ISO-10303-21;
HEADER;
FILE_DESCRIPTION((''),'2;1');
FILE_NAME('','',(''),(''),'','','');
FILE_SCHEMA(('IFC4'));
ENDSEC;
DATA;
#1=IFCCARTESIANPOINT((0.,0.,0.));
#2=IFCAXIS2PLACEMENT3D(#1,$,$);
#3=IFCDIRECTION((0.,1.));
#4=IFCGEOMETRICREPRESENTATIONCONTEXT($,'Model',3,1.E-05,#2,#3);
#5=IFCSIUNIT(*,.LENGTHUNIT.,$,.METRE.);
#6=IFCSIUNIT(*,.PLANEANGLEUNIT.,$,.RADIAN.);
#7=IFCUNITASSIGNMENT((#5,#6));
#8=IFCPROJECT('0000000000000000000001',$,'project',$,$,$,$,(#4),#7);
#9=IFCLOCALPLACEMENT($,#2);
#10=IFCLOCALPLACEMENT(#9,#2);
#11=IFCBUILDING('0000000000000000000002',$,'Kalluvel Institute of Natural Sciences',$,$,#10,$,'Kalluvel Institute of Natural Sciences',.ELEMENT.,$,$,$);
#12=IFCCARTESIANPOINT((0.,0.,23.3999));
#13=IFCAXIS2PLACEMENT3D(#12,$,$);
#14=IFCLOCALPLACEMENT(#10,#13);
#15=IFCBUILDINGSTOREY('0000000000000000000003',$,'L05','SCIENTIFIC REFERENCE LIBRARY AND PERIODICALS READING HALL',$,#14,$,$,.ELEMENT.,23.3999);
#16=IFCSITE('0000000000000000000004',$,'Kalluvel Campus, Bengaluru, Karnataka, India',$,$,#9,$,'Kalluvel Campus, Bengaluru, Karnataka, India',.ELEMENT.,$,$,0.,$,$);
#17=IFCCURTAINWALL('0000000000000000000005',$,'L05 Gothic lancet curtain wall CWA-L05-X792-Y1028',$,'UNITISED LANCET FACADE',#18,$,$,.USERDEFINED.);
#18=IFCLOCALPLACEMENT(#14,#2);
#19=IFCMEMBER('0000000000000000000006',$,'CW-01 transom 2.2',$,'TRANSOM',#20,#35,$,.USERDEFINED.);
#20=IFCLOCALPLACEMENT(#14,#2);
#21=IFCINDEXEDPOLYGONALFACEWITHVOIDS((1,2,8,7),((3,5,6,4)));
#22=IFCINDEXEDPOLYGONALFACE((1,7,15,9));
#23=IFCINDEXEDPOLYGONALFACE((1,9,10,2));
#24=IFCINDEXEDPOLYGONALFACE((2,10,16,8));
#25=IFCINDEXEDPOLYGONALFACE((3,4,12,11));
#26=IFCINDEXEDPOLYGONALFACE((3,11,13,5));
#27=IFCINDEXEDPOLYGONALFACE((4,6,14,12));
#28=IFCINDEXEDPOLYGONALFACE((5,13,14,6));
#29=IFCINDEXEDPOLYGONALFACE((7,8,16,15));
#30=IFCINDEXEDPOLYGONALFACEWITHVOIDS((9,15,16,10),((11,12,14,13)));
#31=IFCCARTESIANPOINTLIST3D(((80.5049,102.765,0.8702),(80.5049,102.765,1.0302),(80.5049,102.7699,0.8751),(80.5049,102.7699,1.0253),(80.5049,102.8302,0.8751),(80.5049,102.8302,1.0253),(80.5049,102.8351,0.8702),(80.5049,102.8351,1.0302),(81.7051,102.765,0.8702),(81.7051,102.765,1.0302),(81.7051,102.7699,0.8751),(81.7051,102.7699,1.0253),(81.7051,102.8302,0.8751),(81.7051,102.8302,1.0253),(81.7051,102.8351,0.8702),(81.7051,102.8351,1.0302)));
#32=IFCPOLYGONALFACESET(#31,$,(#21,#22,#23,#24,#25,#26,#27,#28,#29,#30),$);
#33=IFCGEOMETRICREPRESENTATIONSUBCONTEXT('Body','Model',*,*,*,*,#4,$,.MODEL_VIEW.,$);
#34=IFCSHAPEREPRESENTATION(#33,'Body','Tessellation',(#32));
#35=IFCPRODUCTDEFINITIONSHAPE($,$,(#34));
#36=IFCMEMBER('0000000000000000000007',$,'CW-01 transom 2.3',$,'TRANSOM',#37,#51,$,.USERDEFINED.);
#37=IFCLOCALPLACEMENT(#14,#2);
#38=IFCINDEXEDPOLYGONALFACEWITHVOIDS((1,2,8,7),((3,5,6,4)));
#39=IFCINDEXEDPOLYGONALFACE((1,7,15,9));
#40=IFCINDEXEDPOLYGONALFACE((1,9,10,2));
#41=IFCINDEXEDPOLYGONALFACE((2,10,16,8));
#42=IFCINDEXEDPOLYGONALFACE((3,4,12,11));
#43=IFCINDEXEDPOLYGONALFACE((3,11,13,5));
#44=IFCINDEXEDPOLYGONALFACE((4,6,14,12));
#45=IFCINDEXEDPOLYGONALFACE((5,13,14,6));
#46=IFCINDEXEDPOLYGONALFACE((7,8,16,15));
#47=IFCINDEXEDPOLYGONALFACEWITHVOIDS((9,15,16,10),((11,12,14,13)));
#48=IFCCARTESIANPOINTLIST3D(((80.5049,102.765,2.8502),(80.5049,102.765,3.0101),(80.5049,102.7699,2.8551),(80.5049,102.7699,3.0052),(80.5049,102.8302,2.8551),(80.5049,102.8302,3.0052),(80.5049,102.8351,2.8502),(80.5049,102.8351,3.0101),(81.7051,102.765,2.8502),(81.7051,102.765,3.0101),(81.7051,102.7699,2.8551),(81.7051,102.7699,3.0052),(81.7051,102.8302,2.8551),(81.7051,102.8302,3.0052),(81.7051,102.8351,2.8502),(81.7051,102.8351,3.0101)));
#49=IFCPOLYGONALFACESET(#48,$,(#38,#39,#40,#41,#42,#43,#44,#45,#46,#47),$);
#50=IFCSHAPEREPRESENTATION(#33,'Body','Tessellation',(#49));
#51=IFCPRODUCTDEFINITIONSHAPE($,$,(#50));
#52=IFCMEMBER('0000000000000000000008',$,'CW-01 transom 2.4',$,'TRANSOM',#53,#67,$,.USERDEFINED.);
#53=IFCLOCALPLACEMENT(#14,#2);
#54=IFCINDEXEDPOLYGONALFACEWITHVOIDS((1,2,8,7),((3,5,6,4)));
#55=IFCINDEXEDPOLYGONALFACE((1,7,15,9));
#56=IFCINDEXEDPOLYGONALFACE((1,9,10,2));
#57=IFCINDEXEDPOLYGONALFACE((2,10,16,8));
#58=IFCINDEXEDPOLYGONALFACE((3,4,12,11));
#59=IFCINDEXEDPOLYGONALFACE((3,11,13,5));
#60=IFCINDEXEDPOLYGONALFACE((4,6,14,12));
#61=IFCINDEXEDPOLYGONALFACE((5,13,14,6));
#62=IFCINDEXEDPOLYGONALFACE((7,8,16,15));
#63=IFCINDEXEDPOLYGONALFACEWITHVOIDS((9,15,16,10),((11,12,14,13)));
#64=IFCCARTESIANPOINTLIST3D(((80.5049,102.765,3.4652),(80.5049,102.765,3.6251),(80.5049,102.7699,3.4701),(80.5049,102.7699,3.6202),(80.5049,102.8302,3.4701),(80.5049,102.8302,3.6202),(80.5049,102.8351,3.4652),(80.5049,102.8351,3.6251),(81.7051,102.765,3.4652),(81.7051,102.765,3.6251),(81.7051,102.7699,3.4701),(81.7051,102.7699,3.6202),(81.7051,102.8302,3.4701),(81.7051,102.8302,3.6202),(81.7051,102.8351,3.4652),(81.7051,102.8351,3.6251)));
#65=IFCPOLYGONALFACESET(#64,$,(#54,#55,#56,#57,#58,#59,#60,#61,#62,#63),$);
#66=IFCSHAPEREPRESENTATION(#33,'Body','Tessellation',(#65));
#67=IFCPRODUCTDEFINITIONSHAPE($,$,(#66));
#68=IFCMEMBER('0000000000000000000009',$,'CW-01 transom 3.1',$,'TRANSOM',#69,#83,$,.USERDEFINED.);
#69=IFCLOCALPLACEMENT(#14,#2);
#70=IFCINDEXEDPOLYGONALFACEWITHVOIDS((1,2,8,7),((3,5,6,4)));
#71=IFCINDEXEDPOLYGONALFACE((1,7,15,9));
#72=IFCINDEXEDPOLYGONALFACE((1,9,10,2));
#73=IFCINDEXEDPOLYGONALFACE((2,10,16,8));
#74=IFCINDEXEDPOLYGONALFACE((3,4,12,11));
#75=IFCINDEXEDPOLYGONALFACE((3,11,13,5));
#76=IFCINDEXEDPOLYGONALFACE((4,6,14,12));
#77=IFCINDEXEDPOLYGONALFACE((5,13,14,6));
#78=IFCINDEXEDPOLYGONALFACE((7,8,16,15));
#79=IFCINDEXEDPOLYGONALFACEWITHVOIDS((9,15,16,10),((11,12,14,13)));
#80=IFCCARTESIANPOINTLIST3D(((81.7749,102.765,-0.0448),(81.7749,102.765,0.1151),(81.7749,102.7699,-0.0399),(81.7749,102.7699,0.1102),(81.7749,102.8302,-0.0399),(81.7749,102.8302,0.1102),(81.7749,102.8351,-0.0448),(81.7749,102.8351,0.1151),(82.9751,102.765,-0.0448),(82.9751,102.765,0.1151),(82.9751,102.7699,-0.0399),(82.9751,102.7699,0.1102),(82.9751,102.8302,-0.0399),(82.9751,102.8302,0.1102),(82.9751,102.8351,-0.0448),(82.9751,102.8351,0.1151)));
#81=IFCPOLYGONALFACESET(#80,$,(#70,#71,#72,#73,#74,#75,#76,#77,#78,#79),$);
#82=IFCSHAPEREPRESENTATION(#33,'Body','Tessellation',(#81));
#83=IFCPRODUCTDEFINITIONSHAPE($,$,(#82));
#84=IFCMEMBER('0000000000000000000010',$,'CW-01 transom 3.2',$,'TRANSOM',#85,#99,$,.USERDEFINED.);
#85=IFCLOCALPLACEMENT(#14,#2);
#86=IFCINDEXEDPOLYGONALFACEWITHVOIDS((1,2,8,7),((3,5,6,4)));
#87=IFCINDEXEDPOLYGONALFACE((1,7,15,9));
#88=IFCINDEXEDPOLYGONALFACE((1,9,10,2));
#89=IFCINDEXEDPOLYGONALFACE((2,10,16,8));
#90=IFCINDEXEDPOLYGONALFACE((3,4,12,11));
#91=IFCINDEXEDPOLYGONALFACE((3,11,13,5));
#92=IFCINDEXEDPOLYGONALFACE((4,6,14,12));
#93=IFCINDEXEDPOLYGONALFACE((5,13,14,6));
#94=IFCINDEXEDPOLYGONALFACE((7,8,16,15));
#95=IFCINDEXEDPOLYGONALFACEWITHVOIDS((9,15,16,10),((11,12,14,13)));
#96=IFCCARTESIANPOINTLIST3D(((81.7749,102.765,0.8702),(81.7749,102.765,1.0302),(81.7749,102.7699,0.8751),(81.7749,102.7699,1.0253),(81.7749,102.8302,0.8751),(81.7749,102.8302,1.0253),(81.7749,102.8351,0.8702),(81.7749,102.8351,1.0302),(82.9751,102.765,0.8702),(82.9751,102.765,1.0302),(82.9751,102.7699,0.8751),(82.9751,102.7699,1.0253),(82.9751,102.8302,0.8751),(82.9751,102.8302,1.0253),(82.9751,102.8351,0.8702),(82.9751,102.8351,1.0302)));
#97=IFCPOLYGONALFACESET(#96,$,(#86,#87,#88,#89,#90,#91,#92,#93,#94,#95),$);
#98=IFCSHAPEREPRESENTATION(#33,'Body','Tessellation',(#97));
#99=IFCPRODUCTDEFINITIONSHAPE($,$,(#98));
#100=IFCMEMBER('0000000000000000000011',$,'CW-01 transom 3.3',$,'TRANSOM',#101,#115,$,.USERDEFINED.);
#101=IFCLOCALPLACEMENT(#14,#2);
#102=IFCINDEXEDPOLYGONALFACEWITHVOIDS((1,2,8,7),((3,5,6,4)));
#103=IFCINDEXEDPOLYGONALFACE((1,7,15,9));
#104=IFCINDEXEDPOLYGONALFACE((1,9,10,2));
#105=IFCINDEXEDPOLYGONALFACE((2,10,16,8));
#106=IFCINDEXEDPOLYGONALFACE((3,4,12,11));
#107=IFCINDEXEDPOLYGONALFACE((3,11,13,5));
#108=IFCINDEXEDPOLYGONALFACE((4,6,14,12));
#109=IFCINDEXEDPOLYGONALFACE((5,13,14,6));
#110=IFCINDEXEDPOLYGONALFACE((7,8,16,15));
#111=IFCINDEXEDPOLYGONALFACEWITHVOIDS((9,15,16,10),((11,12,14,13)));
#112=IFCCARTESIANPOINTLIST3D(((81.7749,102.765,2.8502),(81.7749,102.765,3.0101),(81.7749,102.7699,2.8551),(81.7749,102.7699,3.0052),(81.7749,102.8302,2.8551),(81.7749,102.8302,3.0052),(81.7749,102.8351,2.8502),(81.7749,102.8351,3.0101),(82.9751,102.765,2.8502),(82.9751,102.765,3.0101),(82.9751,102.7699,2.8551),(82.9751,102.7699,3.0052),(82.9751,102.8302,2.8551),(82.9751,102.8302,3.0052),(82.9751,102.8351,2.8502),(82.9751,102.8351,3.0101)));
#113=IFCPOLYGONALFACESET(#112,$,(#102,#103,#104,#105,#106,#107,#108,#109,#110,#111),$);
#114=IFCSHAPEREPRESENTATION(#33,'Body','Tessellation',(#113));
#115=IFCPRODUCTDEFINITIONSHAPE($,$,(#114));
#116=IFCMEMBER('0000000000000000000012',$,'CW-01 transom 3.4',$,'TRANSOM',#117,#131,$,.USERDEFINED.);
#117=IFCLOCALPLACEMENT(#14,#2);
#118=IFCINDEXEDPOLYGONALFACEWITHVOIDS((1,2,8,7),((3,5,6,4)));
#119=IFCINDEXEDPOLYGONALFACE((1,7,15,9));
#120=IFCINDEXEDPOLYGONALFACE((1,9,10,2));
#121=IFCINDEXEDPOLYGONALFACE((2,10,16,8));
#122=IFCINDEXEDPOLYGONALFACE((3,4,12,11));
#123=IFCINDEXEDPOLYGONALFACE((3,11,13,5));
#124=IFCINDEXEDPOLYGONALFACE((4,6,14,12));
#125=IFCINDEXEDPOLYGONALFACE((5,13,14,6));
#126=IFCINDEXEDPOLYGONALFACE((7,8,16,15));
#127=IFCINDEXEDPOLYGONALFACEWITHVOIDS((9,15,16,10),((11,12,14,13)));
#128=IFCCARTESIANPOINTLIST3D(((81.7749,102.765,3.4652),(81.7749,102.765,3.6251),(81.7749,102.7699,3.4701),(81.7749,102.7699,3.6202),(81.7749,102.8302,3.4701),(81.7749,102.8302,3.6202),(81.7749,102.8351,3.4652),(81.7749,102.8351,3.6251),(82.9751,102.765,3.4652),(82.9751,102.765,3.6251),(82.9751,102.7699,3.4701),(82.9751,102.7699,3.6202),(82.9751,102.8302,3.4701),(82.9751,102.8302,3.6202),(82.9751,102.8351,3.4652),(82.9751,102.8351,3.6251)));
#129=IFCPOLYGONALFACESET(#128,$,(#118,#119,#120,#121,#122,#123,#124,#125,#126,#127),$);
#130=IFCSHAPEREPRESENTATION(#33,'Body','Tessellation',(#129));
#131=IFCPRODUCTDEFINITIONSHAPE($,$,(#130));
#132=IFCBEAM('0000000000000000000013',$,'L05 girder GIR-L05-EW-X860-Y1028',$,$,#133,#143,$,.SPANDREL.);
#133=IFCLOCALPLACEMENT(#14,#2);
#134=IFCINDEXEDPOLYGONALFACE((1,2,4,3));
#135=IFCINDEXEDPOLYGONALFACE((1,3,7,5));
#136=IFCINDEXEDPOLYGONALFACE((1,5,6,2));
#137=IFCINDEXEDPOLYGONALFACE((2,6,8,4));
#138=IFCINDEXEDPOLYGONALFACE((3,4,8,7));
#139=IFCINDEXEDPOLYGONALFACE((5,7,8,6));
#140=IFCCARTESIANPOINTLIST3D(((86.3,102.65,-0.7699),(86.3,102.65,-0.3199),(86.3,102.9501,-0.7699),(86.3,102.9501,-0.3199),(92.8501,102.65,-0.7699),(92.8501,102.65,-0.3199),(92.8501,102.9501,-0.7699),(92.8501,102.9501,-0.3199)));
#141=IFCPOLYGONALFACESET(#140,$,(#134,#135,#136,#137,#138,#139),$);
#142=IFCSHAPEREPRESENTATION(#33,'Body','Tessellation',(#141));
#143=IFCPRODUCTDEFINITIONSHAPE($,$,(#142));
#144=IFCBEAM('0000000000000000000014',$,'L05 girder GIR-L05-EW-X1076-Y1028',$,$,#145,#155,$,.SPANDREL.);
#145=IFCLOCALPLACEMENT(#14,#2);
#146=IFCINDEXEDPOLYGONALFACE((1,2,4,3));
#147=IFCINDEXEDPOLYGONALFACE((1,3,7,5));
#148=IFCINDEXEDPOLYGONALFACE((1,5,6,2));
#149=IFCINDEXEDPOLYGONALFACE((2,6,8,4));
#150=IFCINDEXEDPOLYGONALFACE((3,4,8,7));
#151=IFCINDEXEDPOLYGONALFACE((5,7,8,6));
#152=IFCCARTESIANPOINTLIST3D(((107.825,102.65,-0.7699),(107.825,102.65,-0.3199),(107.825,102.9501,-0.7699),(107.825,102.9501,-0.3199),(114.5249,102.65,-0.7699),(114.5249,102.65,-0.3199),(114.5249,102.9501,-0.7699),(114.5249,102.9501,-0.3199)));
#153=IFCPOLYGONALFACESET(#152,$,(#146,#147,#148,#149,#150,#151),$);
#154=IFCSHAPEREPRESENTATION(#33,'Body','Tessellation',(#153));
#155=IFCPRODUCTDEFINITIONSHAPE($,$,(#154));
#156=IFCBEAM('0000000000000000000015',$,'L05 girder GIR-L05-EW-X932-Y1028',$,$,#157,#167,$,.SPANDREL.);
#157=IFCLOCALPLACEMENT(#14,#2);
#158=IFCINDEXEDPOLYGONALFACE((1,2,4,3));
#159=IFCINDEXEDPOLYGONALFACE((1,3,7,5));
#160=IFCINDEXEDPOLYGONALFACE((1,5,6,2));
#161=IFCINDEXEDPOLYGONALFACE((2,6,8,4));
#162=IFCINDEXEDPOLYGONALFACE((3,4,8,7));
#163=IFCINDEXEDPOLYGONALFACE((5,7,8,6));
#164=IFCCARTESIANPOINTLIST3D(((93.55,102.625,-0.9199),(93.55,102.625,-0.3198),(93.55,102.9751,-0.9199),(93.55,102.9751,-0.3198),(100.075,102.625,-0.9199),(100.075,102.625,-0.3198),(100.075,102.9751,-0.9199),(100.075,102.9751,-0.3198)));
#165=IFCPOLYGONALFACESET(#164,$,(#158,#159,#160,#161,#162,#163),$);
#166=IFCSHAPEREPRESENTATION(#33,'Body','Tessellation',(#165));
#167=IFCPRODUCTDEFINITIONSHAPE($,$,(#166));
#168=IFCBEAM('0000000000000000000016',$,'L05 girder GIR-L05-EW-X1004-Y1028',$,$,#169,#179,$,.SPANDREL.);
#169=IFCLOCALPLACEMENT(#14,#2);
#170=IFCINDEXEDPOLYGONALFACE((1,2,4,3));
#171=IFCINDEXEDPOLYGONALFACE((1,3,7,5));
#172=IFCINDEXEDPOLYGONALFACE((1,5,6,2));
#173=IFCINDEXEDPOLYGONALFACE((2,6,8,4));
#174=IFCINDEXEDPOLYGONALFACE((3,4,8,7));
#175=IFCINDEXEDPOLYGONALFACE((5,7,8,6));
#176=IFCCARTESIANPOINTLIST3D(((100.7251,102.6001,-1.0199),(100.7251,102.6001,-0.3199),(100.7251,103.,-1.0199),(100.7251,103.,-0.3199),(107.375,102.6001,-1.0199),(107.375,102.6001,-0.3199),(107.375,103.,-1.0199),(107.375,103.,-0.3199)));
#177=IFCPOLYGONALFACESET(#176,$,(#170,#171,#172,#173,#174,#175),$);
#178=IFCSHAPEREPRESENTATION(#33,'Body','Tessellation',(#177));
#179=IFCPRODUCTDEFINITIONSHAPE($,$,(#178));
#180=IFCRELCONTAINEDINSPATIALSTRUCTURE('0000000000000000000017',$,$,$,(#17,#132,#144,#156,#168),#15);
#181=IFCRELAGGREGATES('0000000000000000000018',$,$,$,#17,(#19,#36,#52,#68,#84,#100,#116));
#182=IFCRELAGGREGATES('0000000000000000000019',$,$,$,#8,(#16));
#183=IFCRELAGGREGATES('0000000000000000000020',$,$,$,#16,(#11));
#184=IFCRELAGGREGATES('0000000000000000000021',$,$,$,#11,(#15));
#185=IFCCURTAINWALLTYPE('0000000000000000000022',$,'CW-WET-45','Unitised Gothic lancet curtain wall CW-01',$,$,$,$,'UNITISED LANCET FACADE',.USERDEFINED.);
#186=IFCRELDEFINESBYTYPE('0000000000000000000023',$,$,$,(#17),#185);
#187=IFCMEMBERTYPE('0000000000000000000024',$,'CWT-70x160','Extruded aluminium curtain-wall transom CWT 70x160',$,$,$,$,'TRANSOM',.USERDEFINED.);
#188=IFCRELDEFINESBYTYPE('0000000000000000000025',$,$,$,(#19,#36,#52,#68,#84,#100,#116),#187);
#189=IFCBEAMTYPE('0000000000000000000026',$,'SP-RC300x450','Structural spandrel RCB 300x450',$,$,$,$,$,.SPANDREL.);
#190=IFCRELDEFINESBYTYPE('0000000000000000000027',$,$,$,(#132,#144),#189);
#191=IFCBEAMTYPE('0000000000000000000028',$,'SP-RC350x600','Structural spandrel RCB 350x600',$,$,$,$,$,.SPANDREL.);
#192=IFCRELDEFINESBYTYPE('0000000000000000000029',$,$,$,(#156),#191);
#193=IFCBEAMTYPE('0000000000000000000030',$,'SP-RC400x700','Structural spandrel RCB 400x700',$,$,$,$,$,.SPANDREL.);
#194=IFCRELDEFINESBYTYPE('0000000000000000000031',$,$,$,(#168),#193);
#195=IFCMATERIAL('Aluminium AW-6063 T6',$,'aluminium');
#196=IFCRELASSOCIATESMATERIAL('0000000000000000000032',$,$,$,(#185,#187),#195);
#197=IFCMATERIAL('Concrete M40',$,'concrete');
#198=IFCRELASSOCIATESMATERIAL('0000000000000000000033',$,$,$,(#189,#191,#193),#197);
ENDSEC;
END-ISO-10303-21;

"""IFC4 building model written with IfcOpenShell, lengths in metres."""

from ifc_helpers import new_model, si_unit, direction, frame, origin, origin_2d, place, context, subcontext, project, spatial, rectangle, hollow_rectangle, extrude, material, material_profile, profile_set, type_object, element, aggregate, save


model = new_model("IFC4")

# Units and contexts
model_context = context("Model", 3, precision=1e-05, world=origin(), true_north=direction((0.0, 1.0)))
body_context = subcontext(model_context, "Body", "Model", "MODEL_VIEW")
ifc_project = project(units=[si_unit("LENGTHUNIT", "METRE"), si_unit("PLANEANGLEUNIT", "RADIAN")], contexts=[model_context])

# Site, building, storey
site_placement = place(None, origin())
site = spatial("IfcSite", under=ifc_project, at=site_placement, Name="Kalluvel Campus, Bengaluru, Karnataka, India", LongName="Kalluvel Campus, Bengaluru, Karnataka, India", CompositionType="ELEMENT", RefElevation=0.0)
building_placement = place(site_placement, origin())
building = spatial("IfcBuilding", under=site, at=building_placement, Name="Kalluvel Institute of Natural Sciences", LongName="Kalluvel Institute of Natural Sciences", CompositionType="ELEMENT")
storey_placement = place(building_placement, frame((0.0, 0.0, 23.3999)))
storey = spatial("IfcBuildingStorey", under=building, at=storey_placement, Name="L05", Description="SCIENTIFIC REFERENCE LIBRARY AND PERIODICALS READING HALL", CompositionType="ELEMENT", Elevation=23.3999)

# Shared definitions
ifc_material_1 = material(Name="Concrete M40", Category="concrete")

# Curtain wall, members
ifc_material_2 = material(Name="Aluminium AW-6063 T6", Category="aluminium")
curtain_wall_type = type_object("IfcCurtainWallType", Name="CW-WET-45", Description="Unitised Gothic lancet curtain wall CW-01", ElementType="UNITISED LANCET FACADE", PredefinedType="USERDEFINED", material=ifc_material_2)
curtain_wall_placement = place(storey_placement, origin())
curtain_wall = element("IfcCurtainWall", 1, at=curtain_wall_placement, inside=storey, type_object=curtain_wall_type, Name="L05 Gothic lancet curtain wall CWA-L05-X792-Y1028", ObjectType="UNITISED LANCET FACADE", PredefinedType="USERDEFINED")
ifc_material_profile_1 = material_profile(ifc_material_2, hollow_rectangle(XDim=0.0701, YDim=0.1599, WallThickness=0.0049, at=origin_2d()), Name="CWT 70x160")
ifc_profile_set_1 = profile_set([ifc_material_profile_1], Name="Aluminium AW-6063 T6")
member_type_1 = type_object("IfcMemberType", Name="CWT-70x160", Description="Extruded aluminium curtain-wall transom CWT 70x160", ElementType="TRANSOM", PredefinedType="USERDEFINED", material=ifc_profile_set_1)
member_1_placement = place(storey_placement, frame((80.5049, 102.8, 0.9502), z_axis=(1.0, 0.0, 0.0), x_axis=(0.0, 1.0, 0.0)))
member_1 = element("IfcMember", 2, at=member_1_placement, type_object=member_type_1, Name="CW-01 transom 2.2", ObjectType="TRANSOM", PredefinedType="USERDEFINED", context=body_context, shape_type="SweptSolid", body=[
    extrude(hollow_rectangle(XDim=0.0701, YDim=0.1599, WallThickness=0.0049, at=origin_2d()), origin(), (0.0, 0.0, 1.0), 1.2002),
])
member_2_placement = place(storey_placement, frame((80.5049, 102.8, 2.9302), z_axis=(1.0, 0.0, 0.0), x_axis=(0.0, 1.0, 0.0)))
member_2 = element("IfcMember", 3, at=member_2_placement, type_object=member_type_1, Name="CW-01 transom 2.3", ObjectType="TRANSOM", PredefinedType="USERDEFINED", context=body_context, shape_type="SweptSolid", body=[
    extrude(hollow_rectangle(XDim=0.0701, YDim=0.1599, WallThickness=0.0049, at=origin_2d()), origin(), (0.0, 0.0, 1.0), 1.2002),
])
member_3_placement = place(storey_placement, frame((80.5049, 102.8, 3.5452), z_axis=(1.0, 0.0, 0.0), x_axis=(0.0, 1.0, 0.0)))
member_3 = element("IfcMember", 4, at=member_3_placement, type_object=member_type_1, Name="CW-01 transom 2.4", ObjectType="TRANSOM", PredefinedType="USERDEFINED", context=body_context, shape_type="SweptSolid", body=[
    extrude(hollow_rectangle(XDim=0.0701, YDim=0.1599, WallThickness=0.0049, at=origin_2d()), origin(), (0.0, 0.0, 1.0), 1.2002),
])
member_4_placement = place(storey_placement, frame((81.7749, 102.8, 0.0352), z_axis=(1.0, 0.0, 0.0), x_axis=(0.0, 1.0, 0.0)))
member_4 = element("IfcMember", 5, at=member_4_placement, type_object=member_type_1, Name="CW-01 transom 3.1", ObjectType="TRANSOM", PredefinedType="USERDEFINED", context=body_context, shape_type="SweptSolid", body=[
    extrude(hollow_rectangle(XDim=0.0701, YDim=0.1599, WallThickness=0.0049, at=origin_2d()), origin(), (0.0, 0.0, 1.0), 1.2002),
])
member_5_placement = place(storey_placement, frame((81.7749, 102.8, 0.9502), z_axis=(1.0, 0.0, 0.0), x_axis=(0.0, 1.0, 0.0)))
member_5 = element("IfcMember", 6, at=member_5_placement, type_object=member_type_1, Name="CW-01 transom 3.2", ObjectType="TRANSOM", PredefinedType="USERDEFINED", context=body_context, shape_type="SweptSolid", body=[
    extrude(hollow_rectangle(XDim=0.0701, YDim=0.1599, WallThickness=0.0049, at=origin_2d()), origin(), (0.0, 0.0, 1.0), 1.2002),
])
member_6_placement = place(storey_placement, frame((81.7749, 102.8, 2.9302), z_axis=(1.0, 0.0, 0.0), x_axis=(0.0, 1.0, 0.0)))
member_6 = element("IfcMember", 7, at=member_6_placement, type_object=member_type_1, Name="CW-01 transom 3.3", ObjectType="TRANSOM", PredefinedType="USERDEFINED", context=body_context, shape_type="SweptSolid", body=[
    extrude(hollow_rectangle(XDim=0.0701, YDim=0.1599, WallThickness=0.0049, at=origin_2d()), origin(), (0.0, 0.0, 1.0), 1.2002),
])
member_7_placement = place(storey_placement, frame((81.7749, 102.8, 3.5452), z_axis=(1.0, 0.0, 0.0), x_axis=(0.0, 1.0, 0.0)))
member_7 = element("IfcMember", 8, at=member_7_placement, type_object=member_type_1, Name="CW-01 transom 3.4", ObjectType="TRANSOM", PredefinedType="USERDEFINED", context=body_context, shape_type="SweptSolid", body=[
    extrude(hollow_rectangle(XDim=0.0701, YDim=0.1599, WallThickness=0.0049, at=origin_2d()), origin(), (0.0, 0.0, 1.0), 1.2002),
])

# Beams
ifc_material_profile_2 = material_profile(ifc_material_1, rectangle(XDim=0.3, YDim=0.45, at=origin_2d()), Name="RCB 300x450")
ifc_profile_set_2 = profile_set([ifc_material_profile_2], Name="Concrete M40")
beam_type_1 = type_object("IfcBeamType", Name="SP-RC300x450", Description="Structural spandrel RCB 300x450", PredefinedType="SPANDREL", material=ifc_profile_set_2)
beam_1_placement = place(storey_placement, frame((86.3, 102.8, -0.5449), z_axis=(1.0, 0.0, 0.0), x_axis=(0.0, 1.0, 0.0)))
element("IfcBeam", 9, at=beam_1_placement, inside=storey, type_object=beam_type_1, Name="L05 girder GIR-L05-EW-X860-Y1028", PredefinedType="SPANDREL", context=body_context, shape_type="SweptSolid", body=[
    extrude(rectangle(XDim=0.3, YDim=0.45, at=origin_2d()), origin(), (0.0, 0.0, 1.0), 6.55),
])
beam_2_placement = place(storey_placement, frame((107.825, 102.8, -0.5449), z_axis=(1.0, 0.0, 0.0), x_axis=(0.0, 1.0, 0.0)))
element("IfcBeam", 10, at=beam_2_placement, inside=storey, type_object=beam_type_1, Name="L05 girder GIR-L05-EW-X1076-Y1028", PredefinedType="SPANDREL", context=body_context, shape_type="SweptSolid", body=[
    extrude(rectangle(XDim=0.3, YDim=0.45, at=origin_2d()), origin(), (0.0, 0.0, 1.0), 6.7),
])
ifc_material_profile_3 = material_profile(ifc_material_1, rectangle(XDim=0.3501, YDim=0.6001, at=origin_2d()), Name="RCB 350x600")
ifc_profile_set_3 = profile_set([ifc_material_profile_3], Name="Concrete M40")
beam_type_2 = type_object("IfcBeamType", Name="SP-RC350x600", Description="Structural spandrel RCB 350x600", PredefinedType="SPANDREL", material=ifc_profile_set_3)
beam_3_placement = place(storey_placement, frame((93.55, 102.8, -0.6199), z_axis=(1.0, 0.0, 0.0), x_axis=(0.0, 1.0, 0.0)))
element("IfcBeam", 11, at=beam_3_placement, inside=storey, type_object=beam_type_2, Name="L05 girder GIR-L05-EW-X932-Y1028", PredefinedType="SPANDREL", context=body_context, shape_type="SweptSolid", body=[
    extrude(rectangle(XDim=0.3501, YDim=0.6001, at=origin_2d()), origin(), (0.0, 0.0, 1.0), 6.5249),
])
ifc_material_profile_4 = material_profile(ifc_material_1, rectangle(XDim=0.3999, YDim=0.7, at=origin_2d()), Name="RCB 400x700")
ifc_profile_set_4 = profile_set([ifc_material_profile_4], Name="Concrete M40")
beam_type_3 = type_object("IfcBeamType", Name="SP-RC400x700", Description="Structural spandrel RCB 400x700", PredefinedType="SPANDREL", material=ifc_profile_set_4)
beam_4_placement = place(storey_placement, frame((100.7251, 102.8, -0.6699), z_axis=(1.0, 0.0, 0.0), x_axis=(0.0, 1.0, 0.0)))
element("IfcBeam", 12, at=beam_4_placement, inside=storey, type_object=beam_type_3, Name="L05 girder GIR-L05-EW-X1004-Y1028", PredefinedType="SPANDREL", context=body_context, shape_type="SweptSolid", body=[
    extrude(rectangle(XDim=0.3999, YDim=0.7, at=origin_2d()), origin(), (0.0, 0.0, 1.0), 6.6499),
])

aggregate(curtain_wall, [member_1, member_2, member_3, member_4, member_5, member_6, member_7])

save(model, "model.ifc")
